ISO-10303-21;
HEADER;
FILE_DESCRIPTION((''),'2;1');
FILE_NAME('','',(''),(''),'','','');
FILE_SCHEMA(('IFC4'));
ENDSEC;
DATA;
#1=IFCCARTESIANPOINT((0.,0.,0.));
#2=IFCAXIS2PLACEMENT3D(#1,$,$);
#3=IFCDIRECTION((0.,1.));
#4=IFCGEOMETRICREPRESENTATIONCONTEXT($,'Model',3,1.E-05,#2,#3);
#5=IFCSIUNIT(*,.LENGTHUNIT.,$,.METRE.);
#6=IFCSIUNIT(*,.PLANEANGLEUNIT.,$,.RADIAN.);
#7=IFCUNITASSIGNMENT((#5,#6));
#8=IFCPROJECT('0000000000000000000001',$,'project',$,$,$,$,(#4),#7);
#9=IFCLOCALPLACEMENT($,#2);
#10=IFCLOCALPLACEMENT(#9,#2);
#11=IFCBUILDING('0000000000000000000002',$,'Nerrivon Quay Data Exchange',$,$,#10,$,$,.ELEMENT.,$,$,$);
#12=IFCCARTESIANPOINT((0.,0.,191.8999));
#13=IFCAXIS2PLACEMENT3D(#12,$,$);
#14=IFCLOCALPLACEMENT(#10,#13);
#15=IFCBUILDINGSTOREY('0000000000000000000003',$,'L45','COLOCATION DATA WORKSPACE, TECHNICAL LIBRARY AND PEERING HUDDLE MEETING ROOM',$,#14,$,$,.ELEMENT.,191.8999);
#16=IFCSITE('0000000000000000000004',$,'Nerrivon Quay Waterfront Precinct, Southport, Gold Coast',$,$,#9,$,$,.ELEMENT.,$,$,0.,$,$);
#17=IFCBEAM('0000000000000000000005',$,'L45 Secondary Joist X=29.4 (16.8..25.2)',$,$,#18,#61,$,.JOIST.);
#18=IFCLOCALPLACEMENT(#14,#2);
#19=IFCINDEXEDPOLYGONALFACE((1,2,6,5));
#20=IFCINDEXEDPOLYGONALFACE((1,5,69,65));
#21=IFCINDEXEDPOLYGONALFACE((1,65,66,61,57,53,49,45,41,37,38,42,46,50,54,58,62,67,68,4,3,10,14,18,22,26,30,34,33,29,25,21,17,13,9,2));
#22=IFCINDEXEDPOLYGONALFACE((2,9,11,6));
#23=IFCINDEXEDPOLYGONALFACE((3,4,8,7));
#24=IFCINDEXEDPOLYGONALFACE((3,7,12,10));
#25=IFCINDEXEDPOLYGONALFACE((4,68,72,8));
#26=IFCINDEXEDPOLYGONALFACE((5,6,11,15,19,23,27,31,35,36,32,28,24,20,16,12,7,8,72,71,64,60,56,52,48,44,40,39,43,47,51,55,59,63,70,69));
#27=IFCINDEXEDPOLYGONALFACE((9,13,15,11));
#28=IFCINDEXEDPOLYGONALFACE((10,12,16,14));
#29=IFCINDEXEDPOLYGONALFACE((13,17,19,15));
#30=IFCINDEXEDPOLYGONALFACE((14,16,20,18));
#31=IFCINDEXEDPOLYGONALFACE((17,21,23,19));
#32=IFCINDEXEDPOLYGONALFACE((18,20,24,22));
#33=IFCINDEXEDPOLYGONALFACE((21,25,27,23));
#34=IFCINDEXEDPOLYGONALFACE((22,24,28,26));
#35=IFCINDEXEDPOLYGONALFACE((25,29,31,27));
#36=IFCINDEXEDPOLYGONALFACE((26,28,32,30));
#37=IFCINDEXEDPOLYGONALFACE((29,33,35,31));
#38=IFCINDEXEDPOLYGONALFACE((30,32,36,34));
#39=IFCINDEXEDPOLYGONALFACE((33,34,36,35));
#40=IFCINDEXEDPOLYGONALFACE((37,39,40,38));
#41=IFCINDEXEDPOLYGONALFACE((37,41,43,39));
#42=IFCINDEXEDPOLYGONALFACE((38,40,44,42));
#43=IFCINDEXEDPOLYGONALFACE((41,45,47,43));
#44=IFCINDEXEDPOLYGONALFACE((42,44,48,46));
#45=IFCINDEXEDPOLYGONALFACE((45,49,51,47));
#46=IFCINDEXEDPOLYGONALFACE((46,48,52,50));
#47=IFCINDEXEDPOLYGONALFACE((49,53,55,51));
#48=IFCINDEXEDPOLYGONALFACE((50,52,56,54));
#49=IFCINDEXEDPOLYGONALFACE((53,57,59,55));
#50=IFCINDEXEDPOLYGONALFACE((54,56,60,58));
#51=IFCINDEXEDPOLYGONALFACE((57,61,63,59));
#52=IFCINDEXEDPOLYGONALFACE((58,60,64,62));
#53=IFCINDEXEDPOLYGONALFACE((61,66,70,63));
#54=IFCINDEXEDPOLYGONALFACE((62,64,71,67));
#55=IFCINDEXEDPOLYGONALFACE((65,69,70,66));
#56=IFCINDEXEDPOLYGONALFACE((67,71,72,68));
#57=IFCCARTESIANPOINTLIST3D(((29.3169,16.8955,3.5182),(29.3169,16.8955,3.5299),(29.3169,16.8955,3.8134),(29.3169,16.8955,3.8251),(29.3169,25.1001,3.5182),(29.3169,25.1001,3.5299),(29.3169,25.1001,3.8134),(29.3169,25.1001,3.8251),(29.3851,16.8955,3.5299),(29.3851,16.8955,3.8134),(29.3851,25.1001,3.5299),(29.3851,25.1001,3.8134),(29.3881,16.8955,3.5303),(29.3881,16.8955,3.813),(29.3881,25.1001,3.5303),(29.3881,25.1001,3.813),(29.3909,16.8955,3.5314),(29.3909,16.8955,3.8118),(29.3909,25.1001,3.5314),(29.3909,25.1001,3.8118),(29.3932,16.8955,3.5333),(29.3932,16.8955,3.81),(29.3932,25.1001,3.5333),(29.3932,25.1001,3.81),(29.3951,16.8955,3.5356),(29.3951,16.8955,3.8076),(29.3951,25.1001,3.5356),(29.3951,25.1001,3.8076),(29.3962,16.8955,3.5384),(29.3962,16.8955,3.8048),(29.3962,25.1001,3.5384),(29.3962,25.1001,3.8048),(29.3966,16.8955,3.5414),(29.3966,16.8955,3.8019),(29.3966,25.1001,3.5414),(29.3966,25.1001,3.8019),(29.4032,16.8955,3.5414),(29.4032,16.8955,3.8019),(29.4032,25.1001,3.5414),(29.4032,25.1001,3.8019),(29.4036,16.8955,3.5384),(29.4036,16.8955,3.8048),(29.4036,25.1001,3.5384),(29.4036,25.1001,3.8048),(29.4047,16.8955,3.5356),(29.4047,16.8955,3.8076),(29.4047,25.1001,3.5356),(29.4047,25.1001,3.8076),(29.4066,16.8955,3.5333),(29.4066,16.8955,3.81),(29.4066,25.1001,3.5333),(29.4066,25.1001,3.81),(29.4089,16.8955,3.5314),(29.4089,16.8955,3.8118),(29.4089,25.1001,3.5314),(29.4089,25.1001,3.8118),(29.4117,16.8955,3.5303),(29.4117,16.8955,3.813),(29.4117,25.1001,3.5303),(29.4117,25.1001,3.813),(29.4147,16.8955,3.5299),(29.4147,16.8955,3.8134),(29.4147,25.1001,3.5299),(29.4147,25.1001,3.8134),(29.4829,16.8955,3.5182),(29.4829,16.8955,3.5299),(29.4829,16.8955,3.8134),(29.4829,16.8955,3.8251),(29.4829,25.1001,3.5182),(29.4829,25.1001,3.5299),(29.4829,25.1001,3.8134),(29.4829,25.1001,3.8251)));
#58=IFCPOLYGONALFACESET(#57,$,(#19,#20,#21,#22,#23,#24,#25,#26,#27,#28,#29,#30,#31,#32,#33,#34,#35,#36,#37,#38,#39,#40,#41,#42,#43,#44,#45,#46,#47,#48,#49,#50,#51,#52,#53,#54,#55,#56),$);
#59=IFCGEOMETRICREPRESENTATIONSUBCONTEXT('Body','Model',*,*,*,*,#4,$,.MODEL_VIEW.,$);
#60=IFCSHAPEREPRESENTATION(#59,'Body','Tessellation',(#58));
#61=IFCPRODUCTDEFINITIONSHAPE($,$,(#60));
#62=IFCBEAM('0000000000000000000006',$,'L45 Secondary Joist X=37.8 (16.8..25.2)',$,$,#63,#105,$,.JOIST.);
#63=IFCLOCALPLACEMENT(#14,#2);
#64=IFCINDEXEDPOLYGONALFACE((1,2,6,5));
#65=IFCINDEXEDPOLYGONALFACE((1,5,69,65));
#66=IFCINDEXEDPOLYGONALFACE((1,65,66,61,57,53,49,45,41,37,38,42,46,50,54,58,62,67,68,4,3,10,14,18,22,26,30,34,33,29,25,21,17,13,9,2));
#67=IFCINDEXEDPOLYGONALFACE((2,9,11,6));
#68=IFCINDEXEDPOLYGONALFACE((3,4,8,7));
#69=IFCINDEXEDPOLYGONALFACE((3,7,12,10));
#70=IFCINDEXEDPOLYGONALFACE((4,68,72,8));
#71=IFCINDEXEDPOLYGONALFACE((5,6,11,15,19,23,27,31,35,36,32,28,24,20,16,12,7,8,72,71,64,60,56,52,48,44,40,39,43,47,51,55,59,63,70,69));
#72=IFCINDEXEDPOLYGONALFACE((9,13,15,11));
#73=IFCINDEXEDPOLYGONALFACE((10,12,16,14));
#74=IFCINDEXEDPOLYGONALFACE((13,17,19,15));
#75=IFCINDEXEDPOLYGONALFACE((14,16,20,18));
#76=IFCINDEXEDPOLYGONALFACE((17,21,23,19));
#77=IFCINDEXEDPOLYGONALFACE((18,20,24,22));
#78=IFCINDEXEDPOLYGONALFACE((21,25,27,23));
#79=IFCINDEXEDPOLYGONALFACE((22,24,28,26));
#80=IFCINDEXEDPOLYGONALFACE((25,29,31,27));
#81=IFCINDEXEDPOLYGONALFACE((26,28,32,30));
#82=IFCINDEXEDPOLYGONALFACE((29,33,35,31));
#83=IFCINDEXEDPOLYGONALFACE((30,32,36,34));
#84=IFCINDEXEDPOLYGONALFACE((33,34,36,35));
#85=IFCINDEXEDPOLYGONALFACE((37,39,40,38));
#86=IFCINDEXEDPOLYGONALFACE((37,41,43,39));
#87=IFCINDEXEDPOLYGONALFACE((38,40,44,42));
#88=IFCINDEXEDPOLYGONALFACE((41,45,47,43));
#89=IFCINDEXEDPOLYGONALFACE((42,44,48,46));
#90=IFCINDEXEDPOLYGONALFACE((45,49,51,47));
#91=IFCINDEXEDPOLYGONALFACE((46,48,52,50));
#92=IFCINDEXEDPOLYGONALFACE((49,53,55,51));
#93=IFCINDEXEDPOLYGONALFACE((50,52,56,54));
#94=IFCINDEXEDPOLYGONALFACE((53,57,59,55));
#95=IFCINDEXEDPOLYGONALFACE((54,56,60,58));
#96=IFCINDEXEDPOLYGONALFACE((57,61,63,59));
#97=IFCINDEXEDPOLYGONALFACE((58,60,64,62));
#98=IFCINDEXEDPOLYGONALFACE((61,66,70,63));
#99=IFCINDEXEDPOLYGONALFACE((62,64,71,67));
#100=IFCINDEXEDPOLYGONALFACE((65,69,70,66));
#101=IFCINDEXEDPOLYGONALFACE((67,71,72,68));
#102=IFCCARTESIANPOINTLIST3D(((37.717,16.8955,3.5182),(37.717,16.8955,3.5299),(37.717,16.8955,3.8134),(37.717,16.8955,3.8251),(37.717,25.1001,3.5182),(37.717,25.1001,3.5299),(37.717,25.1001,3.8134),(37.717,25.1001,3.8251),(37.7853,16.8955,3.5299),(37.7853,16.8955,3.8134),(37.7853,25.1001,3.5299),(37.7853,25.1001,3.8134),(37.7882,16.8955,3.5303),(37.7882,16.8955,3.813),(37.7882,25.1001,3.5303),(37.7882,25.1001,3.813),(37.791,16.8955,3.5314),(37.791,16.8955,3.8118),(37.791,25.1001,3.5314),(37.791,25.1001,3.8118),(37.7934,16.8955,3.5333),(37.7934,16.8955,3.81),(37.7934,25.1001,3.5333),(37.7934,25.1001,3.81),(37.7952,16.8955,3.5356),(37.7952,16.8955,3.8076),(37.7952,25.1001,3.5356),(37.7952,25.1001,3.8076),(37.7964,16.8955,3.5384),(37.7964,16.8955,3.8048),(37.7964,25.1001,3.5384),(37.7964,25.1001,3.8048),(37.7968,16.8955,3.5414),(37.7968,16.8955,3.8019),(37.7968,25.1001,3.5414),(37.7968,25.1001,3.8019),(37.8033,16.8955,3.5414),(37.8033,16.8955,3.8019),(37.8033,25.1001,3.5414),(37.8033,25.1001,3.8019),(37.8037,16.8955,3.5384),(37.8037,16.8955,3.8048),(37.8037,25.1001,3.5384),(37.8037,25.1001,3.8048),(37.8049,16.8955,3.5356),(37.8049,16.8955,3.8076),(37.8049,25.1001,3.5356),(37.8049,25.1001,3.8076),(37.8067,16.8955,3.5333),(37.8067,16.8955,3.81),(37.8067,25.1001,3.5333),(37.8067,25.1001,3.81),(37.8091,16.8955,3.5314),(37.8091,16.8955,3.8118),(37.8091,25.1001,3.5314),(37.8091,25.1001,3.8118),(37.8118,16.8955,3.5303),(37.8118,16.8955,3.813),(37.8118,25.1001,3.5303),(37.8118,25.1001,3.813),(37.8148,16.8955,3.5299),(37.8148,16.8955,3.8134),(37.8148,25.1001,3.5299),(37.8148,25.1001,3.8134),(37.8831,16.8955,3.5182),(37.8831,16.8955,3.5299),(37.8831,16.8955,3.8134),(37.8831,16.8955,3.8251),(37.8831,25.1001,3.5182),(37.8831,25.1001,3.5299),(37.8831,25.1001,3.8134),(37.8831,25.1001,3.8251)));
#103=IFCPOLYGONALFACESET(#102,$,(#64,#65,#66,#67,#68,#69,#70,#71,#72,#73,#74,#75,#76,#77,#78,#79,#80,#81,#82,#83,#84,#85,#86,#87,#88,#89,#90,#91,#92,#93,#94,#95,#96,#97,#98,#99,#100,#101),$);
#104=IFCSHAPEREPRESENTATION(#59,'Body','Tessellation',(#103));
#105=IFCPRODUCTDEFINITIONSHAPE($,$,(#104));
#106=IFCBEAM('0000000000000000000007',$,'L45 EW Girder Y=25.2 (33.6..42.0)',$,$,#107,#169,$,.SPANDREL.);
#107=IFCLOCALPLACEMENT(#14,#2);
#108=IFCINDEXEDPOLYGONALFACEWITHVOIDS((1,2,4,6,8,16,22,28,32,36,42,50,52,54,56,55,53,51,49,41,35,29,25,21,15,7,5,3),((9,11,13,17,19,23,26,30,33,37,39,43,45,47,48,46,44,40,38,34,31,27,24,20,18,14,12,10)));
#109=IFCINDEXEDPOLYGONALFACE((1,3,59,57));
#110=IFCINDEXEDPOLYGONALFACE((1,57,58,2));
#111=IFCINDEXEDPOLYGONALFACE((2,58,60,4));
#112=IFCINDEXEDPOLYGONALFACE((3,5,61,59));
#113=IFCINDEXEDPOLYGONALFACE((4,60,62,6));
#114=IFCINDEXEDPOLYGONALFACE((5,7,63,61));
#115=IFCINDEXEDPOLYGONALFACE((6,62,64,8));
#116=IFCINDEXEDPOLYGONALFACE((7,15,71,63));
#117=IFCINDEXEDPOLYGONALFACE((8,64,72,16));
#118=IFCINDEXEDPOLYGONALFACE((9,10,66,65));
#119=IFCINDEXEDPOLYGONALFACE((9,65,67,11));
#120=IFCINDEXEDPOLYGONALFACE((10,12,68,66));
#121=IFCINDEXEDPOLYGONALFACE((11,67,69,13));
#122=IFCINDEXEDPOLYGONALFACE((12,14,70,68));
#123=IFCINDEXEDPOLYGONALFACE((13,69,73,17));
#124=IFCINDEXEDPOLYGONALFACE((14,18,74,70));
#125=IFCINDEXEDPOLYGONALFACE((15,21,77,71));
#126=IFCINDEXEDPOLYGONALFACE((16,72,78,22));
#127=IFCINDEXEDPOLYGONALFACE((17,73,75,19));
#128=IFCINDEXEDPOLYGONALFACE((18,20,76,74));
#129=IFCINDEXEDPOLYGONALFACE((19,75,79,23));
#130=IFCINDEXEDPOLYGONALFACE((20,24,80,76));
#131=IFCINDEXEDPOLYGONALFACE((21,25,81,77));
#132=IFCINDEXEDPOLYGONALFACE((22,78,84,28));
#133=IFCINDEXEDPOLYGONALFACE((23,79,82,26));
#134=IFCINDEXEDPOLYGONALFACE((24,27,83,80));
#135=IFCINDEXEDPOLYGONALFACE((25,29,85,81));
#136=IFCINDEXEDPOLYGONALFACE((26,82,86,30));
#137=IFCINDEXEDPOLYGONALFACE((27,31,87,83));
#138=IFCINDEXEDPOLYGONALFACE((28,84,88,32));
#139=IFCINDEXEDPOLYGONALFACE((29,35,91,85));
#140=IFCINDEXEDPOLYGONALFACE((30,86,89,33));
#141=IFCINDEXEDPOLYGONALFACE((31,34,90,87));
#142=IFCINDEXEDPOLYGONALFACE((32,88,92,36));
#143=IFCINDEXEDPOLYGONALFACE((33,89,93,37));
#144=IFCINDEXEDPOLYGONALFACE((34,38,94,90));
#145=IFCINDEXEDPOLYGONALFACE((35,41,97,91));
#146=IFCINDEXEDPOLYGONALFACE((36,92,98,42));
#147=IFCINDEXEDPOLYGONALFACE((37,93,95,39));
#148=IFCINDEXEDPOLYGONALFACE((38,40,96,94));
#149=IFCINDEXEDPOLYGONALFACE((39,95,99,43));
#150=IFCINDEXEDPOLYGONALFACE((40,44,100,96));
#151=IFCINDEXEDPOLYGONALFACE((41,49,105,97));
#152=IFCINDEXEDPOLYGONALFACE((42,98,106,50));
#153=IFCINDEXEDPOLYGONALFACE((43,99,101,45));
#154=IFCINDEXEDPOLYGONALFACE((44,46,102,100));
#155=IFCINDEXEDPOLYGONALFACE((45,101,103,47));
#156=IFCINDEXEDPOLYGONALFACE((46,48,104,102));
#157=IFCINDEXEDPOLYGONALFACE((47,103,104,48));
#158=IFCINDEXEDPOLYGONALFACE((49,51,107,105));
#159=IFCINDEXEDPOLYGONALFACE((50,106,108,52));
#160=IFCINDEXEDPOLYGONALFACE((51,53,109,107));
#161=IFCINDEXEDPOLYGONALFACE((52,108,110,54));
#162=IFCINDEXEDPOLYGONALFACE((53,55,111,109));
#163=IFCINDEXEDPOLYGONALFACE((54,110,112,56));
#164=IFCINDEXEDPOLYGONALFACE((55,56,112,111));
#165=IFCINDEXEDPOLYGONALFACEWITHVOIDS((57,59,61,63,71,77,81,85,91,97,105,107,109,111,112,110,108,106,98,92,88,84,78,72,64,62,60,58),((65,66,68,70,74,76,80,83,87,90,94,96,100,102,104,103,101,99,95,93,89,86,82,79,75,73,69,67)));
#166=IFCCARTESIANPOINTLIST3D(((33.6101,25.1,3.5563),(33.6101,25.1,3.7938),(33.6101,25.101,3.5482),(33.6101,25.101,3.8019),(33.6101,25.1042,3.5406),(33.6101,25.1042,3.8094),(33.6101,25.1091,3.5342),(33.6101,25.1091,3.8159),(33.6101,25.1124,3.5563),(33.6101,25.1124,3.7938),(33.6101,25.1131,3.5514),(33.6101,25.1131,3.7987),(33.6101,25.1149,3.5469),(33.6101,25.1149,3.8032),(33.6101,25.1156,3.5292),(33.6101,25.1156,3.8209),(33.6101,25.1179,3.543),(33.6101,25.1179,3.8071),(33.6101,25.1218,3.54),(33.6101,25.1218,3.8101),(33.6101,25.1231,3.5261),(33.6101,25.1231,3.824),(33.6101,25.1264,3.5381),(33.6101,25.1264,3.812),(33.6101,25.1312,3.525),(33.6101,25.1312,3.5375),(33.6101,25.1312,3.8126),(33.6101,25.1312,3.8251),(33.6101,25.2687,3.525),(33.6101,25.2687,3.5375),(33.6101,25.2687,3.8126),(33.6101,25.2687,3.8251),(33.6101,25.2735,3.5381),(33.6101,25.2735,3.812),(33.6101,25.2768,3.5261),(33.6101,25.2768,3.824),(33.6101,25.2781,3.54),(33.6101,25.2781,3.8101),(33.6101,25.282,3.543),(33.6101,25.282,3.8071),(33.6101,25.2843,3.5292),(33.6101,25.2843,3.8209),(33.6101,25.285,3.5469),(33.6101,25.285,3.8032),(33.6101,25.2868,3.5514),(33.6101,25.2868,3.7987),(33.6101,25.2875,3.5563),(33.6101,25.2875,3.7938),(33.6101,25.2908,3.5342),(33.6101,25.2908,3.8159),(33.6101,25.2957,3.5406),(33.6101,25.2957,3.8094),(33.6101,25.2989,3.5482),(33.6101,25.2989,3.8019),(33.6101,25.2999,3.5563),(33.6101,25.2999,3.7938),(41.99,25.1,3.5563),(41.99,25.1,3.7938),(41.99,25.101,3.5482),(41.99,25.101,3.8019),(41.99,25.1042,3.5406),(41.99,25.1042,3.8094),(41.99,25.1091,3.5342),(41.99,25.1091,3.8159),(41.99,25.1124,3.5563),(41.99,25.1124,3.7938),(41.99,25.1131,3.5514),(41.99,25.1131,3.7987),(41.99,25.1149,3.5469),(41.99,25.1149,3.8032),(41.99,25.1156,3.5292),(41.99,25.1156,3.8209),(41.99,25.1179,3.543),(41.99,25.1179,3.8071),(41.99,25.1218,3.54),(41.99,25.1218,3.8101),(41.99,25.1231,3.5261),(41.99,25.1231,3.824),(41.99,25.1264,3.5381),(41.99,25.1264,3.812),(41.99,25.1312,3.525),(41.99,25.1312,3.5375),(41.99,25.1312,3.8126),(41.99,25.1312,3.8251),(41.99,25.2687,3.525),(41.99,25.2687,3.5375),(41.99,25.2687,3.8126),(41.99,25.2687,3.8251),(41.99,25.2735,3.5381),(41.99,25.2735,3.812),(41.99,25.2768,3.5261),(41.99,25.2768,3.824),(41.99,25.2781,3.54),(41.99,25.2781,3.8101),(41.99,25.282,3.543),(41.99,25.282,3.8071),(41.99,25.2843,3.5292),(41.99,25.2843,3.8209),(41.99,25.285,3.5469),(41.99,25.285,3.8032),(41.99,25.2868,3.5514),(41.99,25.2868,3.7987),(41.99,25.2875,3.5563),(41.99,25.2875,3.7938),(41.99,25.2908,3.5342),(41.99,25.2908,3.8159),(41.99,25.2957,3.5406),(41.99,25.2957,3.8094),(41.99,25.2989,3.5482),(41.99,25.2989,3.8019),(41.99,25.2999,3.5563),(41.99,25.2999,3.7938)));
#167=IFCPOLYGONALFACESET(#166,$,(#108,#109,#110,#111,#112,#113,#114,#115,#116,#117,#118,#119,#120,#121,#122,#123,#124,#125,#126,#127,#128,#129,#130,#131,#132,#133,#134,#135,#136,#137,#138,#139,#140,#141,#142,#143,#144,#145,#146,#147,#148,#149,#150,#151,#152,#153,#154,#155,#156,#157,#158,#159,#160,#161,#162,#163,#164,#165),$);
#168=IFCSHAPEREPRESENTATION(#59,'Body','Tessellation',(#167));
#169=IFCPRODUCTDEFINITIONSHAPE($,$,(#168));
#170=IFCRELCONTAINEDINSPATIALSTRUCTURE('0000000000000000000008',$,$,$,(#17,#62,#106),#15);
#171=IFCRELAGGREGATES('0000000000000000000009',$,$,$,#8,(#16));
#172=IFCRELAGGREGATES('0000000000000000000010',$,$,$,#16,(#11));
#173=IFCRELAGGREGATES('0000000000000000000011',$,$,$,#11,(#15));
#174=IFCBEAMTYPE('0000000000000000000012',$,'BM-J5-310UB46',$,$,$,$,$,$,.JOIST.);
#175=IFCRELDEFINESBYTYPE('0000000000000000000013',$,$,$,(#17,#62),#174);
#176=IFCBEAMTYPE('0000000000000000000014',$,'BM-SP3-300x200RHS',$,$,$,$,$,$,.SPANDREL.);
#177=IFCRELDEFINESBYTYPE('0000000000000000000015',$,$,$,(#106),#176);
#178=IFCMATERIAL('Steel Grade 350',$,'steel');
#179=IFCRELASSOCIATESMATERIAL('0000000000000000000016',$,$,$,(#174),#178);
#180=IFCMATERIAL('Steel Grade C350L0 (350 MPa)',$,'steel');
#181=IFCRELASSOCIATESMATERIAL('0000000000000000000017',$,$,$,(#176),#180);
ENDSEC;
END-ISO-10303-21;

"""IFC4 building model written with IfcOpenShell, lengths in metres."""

from ifc_helpers import new_model, si_unit, direction, frame, origin, origin_2d, place, context, subcontext, project, spatial, hollow_rectangle, i_section, extrude, material, material_profile, profile_set, type_object, element, save


model = new_model("IFC4")

# Units and contexts
model_context = context("Model", 3, precision=1e-05, world=origin(), true_north=direction((0.0, 1.0)))
body_context = subcontext(model_context, "Body", "Model", "MODEL_VIEW")
ifc_project = project(units=[si_unit("LENGTHUNIT", "METRE"), si_unit("PLANEANGLEUNIT", "RADIAN")], contexts=[model_context])

# Site, building, storey
site_placement = place(None, origin())
site = spatial("IfcSite", under=ifc_project, at=site_placement, Name="Nerrivon Quay Waterfront Precinct, Southport, Gold Coast", CompositionType="ELEMENT", RefElevation=0.0)
building_placement = place(site_placement, origin())
building = spatial("IfcBuilding", under=site, at=building_placement, Name="Nerrivon Quay Data Exchange", CompositionType="ELEMENT")
storey_placement = place(building_placement, frame((0.0, 0.0, 191.8999)))
storey = spatial("IfcBuildingStorey", under=building, at=storey_placement, Name="L45", Description="COLOCATION DATA WORKSPACE, TECHNICAL LIBRARY AND PEERING HUDDLE MEETING ROOM", CompositionType="ELEMENT", Elevation=191.8999)

# Shared definitions
ifc_material_1 = material(Name="Steel Grade 350", Category="steel")

# Beams
ifc_material_profile_1 = material_profile(ifc_material_1, i_section(OverallWidth=0.166, OverallDepth=0.3069, WebThickness=0.0066, FlangeThickness=0.0117, FilletRadius=0.0115, at=origin_2d()), Name="310UB46.2")
ifc_profile_set_1 = profile_set([ifc_material_profile_1], Name="Steel Grade 350")
beam_type_1 = type_object("IfcBeamType", Name="BM-J5-310UB46", PredefinedType="JOIST", material=ifc_profile_set_1)
for number, where, z_axis, x_axis, name in (
    (1, (29.3999, 16.8955, 3.6716), (0.0, 1.0, 0.0), (-1.0, 0.0, 0.0), "L45 Secondary Joist X=29.4 (16.8..25.2)"),
    (2, (37.8, 16.8955, 3.6716), (0.0, 1.0, 0.0), (-1.0, 0.0, 0.0), "L45 Secondary Joist X=37.8 (16.8..25.2)"),
):
    element("IfcBeam", number, at=place(storey_placement, frame(where, z_axis=z_axis, x_axis=x_axis)), inside=storey, type_object=beam_type_1, Name=name, PredefinedType="JOIST", context=body_context, shape_type="SweptSolid", body=[
        extrude(i_section(OverallWidth=0.166, OverallDepth=0.3069, WebThickness=0.0066, FlangeThickness=0.0117, FilletRadius=0.0115, at=origin_2d()), origin(), (0.0, 0.0, 1.0), 8.2046),
    ])
ifc_material_2 = material(Name="Steel Grade C350L0 (350 MPa)", Category="steel")
ifc_material_profile_2 = material_profile(ifc_material_2, hollow_rectangle(XDim=0.2, YDim=0.3, WallThickness=0.0125, InnerFilletRadius=0.0188, OuterFilletRadius=0.0312, at=origin_2d()), Name="300x200x12.5RHS")
ifc_profile_set_2 = profile_set([ifc_material_profile_2], Name="Steel Grade C350L0 (350 MPa)")
beam_type_2 = type_object("IfcBeamType", Name="BM-SP3-300x200RHS", PredefinedType="SPANDREL", material=ifc_profile_set_2)
beam_1_placement = place(storey_placement, frame((33.6101, 25.2, 3.675), z_axis=(1.0, 0.0, 0.0), x_axis=(0.0, 1.0, 0.0)))
element("IfcBeam", 3, at=beam_1_placement, inside=storey, type_object=beam_type_2, Name="L45 EW Girder Y=25.2 (33.6..42.0)", PredefinedType="SPANDREL", context=body_context, shape_type="SweptSolid", body=[
    extrude(hollow_rectangle(XDim=0.2, YDim=0.3, WallThickness=0.0125, InnerFilletRadius=0.0188, OuterFilletRadius=0.0312, at=origin_2d()), origin(), (0.0, 0.0, 1.0), 8.3799),
])

save(model, "model.ifc")
